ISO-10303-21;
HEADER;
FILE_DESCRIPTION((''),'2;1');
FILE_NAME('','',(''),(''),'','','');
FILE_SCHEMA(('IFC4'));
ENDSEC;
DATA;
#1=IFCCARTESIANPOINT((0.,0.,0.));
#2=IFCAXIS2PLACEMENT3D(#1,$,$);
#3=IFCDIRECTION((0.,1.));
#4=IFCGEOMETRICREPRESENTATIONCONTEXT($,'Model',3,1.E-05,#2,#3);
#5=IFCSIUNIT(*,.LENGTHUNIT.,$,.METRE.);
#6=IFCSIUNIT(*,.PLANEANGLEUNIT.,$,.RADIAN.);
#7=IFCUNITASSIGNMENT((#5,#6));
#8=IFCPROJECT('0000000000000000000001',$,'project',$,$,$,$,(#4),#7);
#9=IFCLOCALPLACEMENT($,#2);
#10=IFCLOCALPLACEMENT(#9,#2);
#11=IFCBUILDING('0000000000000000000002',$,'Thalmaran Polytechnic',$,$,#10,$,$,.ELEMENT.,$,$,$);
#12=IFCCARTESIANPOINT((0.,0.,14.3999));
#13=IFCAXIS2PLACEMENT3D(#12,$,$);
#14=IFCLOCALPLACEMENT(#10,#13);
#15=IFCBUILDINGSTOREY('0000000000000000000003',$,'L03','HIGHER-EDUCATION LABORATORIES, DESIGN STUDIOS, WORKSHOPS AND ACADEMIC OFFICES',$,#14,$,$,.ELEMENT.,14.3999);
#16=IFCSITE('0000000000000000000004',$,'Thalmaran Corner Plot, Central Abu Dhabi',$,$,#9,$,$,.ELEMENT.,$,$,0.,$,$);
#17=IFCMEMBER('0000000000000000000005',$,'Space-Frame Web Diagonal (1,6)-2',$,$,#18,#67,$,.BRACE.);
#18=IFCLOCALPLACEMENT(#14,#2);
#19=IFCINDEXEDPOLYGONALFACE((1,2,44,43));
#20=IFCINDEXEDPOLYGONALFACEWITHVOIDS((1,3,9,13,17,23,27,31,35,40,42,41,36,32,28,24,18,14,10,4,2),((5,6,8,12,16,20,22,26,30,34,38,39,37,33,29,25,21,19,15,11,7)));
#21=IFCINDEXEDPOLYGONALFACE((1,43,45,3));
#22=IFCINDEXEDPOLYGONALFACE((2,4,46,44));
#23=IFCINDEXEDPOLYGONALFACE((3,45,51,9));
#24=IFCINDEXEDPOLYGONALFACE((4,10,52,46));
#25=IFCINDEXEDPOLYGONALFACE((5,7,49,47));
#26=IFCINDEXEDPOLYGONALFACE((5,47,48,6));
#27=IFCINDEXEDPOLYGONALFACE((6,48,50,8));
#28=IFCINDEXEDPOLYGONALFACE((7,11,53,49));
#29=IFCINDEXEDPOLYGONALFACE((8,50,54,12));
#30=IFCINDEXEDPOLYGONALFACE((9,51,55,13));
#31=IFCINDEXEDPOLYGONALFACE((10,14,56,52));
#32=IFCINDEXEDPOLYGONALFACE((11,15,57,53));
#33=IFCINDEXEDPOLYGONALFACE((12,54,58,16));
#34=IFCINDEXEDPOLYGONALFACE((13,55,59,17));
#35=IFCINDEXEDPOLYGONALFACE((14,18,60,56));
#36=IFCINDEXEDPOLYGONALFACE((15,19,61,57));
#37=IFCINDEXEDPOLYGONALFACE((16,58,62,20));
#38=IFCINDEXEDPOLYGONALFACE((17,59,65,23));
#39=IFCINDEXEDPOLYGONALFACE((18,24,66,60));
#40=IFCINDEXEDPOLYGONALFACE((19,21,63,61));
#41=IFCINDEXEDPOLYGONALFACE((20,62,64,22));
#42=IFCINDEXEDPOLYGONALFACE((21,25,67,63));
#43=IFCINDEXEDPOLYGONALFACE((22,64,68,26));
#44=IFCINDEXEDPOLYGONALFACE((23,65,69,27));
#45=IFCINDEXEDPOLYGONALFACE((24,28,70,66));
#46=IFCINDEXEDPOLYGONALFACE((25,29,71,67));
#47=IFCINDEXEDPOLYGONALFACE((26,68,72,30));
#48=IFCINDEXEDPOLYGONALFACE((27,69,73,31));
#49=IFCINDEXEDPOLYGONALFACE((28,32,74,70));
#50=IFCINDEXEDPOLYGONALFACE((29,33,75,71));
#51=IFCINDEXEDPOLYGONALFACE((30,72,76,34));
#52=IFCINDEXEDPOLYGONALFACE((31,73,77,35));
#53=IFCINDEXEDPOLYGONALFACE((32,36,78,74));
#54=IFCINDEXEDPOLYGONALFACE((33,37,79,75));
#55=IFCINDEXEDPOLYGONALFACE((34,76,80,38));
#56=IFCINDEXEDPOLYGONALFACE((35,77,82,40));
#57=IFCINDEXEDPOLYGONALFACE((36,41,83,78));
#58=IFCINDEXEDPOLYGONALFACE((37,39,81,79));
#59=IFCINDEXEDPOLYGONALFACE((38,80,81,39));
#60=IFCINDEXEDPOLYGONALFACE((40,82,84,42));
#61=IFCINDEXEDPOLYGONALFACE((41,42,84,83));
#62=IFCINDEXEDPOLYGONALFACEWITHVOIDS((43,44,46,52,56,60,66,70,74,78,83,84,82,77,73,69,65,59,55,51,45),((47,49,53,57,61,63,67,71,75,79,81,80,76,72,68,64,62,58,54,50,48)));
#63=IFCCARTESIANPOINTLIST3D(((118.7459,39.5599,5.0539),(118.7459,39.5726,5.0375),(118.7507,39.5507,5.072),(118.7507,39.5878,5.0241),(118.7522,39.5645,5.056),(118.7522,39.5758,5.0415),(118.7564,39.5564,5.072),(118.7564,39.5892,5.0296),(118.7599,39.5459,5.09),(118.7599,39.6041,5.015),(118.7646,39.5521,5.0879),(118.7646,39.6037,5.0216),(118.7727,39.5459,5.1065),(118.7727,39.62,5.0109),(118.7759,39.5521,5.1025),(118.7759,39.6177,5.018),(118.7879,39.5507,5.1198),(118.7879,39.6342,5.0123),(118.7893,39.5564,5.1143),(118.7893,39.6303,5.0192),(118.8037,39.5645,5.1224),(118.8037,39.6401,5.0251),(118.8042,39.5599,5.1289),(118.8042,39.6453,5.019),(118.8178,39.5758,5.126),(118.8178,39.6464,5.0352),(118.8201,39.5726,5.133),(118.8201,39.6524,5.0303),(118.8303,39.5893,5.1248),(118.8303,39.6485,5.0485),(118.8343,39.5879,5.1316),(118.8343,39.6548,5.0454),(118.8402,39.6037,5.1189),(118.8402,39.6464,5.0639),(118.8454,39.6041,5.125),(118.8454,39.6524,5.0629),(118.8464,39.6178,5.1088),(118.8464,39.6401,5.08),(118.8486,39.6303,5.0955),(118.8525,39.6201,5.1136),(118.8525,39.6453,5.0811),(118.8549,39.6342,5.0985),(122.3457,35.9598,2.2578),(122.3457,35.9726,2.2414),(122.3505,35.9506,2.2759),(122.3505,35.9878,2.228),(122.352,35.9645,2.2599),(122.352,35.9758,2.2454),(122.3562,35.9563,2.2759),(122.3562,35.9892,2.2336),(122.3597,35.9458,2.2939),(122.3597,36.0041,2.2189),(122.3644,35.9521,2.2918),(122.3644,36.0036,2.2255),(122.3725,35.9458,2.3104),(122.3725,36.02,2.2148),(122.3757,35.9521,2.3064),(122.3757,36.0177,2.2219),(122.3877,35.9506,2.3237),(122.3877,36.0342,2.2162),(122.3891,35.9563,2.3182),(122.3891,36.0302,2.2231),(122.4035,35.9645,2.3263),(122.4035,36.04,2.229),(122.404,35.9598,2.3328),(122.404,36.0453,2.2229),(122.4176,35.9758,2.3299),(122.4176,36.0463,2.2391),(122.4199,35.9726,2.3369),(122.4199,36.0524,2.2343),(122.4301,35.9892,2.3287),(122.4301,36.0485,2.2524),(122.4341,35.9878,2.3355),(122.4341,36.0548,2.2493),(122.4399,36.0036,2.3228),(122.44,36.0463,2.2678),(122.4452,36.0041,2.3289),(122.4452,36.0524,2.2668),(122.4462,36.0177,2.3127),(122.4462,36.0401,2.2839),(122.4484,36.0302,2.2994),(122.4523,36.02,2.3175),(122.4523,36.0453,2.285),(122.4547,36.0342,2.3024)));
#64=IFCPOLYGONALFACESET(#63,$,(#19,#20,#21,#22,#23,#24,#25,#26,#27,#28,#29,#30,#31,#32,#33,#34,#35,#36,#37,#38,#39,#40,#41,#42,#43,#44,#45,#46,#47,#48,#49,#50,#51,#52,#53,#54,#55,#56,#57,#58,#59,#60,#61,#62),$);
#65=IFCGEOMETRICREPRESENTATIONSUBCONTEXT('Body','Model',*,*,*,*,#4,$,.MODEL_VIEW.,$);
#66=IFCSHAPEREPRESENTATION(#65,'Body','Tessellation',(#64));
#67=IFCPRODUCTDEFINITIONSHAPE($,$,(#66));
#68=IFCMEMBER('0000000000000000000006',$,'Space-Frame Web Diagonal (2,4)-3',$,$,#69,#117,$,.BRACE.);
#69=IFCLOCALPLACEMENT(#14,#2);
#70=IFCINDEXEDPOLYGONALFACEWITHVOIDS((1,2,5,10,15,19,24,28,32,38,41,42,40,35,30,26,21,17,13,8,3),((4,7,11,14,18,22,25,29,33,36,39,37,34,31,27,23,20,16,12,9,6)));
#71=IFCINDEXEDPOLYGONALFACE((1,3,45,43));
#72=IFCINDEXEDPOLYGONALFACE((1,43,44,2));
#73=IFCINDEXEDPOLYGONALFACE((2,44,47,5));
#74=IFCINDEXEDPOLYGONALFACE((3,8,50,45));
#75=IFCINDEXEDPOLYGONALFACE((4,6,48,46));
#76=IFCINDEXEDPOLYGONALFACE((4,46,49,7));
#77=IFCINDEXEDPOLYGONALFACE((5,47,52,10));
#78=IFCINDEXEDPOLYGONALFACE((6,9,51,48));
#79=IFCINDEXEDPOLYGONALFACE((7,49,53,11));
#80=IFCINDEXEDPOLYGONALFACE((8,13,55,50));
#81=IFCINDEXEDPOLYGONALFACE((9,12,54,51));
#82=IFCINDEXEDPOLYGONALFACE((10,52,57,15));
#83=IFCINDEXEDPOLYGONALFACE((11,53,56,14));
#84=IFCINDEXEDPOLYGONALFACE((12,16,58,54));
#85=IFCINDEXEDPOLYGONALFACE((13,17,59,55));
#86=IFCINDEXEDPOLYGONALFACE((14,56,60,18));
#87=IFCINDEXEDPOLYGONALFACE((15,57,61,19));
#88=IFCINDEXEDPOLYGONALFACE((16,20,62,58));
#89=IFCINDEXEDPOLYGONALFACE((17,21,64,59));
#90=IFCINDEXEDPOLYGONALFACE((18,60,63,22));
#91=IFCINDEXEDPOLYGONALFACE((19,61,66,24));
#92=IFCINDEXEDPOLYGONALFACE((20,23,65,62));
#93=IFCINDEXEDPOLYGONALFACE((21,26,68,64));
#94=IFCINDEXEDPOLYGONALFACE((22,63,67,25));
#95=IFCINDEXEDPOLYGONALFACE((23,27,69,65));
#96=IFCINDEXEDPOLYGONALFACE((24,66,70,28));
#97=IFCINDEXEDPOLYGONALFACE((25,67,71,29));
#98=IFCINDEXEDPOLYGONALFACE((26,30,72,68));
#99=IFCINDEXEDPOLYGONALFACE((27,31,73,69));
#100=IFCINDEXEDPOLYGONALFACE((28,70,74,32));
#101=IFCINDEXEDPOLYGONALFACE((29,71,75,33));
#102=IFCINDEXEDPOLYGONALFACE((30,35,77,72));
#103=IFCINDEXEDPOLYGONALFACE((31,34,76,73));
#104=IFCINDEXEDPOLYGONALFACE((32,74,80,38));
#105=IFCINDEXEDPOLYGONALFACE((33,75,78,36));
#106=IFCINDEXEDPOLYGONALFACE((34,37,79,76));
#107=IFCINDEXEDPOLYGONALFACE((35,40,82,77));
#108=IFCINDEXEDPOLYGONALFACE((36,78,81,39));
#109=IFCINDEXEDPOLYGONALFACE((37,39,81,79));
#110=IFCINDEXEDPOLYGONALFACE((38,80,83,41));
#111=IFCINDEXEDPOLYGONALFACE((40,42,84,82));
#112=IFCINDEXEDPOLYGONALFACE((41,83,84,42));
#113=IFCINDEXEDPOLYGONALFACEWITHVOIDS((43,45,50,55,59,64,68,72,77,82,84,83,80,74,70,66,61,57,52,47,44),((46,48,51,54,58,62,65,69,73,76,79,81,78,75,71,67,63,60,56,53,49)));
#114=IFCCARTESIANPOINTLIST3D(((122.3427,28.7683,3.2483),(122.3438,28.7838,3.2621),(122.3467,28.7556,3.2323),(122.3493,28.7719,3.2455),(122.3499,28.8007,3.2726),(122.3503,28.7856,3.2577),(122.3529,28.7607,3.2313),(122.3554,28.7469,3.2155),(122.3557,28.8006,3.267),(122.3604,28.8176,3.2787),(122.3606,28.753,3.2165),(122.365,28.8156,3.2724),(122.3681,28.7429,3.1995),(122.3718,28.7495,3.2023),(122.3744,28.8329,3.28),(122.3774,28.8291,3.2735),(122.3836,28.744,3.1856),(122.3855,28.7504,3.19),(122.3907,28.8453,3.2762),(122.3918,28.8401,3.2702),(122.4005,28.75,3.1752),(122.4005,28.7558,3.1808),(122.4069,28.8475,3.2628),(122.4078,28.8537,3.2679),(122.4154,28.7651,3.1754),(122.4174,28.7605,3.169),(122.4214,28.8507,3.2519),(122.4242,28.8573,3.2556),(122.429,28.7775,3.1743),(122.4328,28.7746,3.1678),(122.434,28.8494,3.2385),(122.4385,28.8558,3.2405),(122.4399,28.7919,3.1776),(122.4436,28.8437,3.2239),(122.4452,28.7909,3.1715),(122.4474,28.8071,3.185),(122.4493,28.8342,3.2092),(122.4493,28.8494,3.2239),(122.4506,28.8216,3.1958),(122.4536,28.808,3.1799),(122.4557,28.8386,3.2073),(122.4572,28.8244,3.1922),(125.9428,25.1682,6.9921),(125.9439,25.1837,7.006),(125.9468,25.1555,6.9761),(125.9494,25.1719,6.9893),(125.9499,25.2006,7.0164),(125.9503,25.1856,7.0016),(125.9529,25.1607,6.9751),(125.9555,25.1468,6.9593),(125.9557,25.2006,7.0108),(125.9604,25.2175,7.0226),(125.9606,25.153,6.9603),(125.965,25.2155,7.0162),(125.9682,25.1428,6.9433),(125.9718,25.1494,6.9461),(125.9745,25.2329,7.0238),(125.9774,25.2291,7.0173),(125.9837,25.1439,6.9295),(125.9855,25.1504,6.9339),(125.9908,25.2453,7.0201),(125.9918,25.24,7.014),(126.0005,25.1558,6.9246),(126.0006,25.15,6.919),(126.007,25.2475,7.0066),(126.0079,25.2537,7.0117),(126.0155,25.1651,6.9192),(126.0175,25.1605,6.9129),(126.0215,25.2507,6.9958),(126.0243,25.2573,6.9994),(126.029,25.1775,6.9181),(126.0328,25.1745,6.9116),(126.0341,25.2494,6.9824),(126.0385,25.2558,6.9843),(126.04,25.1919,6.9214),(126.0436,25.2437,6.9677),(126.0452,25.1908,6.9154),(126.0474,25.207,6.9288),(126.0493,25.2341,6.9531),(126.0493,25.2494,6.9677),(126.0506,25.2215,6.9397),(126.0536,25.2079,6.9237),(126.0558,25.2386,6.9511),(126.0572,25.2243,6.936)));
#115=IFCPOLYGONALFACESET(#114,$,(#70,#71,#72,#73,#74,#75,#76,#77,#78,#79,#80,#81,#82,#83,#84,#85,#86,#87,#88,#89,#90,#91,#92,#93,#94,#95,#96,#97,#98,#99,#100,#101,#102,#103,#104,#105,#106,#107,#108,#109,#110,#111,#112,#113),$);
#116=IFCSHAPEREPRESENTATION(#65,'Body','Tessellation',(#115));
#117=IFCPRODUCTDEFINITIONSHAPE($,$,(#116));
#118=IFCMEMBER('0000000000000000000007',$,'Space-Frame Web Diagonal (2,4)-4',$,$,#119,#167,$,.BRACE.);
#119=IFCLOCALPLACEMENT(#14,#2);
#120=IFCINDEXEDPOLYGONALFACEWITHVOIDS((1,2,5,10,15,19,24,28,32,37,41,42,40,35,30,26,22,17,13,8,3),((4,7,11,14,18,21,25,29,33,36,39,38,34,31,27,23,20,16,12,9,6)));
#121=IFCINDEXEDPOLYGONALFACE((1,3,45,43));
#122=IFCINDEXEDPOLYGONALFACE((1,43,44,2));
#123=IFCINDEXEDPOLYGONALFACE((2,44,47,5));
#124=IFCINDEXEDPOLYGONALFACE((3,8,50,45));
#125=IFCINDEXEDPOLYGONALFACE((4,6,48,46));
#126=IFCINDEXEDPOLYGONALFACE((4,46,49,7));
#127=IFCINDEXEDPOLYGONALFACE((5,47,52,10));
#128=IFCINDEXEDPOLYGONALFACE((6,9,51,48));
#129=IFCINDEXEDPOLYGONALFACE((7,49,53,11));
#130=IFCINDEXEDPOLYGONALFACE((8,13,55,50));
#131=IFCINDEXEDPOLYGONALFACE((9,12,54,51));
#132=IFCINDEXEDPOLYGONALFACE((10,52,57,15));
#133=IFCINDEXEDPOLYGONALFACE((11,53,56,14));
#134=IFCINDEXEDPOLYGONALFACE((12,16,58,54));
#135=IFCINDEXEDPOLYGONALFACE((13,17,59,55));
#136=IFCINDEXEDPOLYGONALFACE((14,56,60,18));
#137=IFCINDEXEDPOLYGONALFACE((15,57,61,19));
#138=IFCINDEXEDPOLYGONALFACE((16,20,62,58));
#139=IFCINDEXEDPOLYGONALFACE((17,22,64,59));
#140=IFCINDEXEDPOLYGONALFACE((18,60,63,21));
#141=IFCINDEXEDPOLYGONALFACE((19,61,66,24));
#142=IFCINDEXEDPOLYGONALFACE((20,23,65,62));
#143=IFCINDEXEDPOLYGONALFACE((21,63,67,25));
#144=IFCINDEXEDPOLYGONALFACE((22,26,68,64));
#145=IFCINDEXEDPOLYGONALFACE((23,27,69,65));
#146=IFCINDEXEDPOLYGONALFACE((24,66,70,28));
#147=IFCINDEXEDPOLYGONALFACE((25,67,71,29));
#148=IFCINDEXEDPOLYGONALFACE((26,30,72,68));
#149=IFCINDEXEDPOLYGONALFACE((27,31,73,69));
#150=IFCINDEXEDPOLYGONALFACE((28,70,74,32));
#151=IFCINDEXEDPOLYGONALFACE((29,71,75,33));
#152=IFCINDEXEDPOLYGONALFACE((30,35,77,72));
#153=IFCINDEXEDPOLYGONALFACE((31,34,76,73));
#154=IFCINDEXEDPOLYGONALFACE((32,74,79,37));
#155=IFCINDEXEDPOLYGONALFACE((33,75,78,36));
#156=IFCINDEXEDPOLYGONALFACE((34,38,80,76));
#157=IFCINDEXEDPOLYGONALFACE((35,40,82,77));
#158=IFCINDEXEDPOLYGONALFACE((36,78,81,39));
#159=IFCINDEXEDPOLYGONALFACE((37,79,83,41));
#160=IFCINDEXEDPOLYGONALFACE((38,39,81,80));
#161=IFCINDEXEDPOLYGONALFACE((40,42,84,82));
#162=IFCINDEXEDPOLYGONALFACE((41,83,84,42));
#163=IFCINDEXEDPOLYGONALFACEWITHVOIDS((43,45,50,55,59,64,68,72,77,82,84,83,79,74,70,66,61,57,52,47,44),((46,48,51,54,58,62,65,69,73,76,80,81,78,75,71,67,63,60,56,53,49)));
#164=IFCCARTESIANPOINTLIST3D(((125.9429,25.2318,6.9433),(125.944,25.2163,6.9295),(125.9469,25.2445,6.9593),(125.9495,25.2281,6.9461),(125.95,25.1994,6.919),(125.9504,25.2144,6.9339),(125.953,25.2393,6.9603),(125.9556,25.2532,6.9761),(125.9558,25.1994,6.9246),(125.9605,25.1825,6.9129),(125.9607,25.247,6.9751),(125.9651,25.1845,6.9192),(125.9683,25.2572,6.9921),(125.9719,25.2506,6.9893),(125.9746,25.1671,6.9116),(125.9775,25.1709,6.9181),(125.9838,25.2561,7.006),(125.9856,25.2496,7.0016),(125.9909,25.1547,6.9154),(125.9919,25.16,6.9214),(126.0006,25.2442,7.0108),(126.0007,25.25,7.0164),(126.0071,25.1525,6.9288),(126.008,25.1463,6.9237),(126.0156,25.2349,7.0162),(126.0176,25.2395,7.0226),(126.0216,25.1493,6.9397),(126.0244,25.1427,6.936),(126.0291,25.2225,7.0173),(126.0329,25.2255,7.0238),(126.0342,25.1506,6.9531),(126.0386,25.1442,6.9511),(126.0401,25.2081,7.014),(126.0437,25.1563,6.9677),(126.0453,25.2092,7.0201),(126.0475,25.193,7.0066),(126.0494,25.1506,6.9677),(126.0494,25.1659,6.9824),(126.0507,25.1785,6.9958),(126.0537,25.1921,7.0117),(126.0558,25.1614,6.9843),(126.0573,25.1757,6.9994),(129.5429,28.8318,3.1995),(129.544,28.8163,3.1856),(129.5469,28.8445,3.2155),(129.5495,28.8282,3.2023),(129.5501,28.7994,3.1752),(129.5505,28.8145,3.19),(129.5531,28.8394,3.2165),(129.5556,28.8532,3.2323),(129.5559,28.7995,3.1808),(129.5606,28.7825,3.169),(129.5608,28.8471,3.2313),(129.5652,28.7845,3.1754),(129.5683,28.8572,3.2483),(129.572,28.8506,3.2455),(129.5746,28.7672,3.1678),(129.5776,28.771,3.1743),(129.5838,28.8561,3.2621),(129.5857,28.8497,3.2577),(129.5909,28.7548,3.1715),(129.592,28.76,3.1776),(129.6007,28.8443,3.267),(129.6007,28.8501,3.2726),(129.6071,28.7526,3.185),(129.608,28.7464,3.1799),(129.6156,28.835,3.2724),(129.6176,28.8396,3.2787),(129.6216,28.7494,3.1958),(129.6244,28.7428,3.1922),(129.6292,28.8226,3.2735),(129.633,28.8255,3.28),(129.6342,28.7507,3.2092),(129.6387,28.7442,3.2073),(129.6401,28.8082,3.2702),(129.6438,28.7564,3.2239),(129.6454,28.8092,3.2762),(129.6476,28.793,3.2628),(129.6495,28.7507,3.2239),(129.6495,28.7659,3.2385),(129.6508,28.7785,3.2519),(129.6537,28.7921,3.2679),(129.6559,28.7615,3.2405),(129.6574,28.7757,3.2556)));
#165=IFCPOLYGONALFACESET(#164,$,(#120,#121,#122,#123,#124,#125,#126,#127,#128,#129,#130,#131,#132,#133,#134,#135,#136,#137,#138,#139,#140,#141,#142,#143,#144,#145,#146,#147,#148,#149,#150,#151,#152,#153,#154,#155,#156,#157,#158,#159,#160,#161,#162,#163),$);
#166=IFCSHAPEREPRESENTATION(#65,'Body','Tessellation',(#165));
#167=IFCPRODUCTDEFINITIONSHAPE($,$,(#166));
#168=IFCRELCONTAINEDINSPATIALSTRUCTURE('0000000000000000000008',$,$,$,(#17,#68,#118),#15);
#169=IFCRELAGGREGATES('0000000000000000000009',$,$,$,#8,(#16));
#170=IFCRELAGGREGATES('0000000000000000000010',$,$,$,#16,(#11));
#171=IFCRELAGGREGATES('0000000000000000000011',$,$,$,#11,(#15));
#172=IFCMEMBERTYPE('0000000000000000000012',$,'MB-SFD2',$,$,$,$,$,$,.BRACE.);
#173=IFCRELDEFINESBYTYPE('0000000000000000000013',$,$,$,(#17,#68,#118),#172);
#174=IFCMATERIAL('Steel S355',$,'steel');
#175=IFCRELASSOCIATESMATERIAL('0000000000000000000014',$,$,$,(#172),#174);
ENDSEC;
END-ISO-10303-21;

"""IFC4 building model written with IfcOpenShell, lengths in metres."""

from ifc_helpers import new_model, si_unit, direction, frame, origin, origin_2d, place, context, subcontext, project, spatial, hollow_circle, extrude, material, material_profile, profile_set, type_object, element, save


model = new_model("IFC4")

# Units and contexts
model_context = context("Model", 3, precision=1e-05, world=origin(), true_north=direction((0.0, 1.0)))
body_context = subcontext(model_context, "Body", "Model", "MODEL_VIEW")
ifc_project = project(units=[si_unit("LENGTHUNIT", "METRE"), si_unit("PLANEANGLEUNIT", "RADIAN")], contexts=[model_context])

# Site, building, storey
site_placement = place(None, origin())
site = spatial("IfcSite", under=ifc_project, at=site_placement, Name="Thalmaran Corner Plot, Central Abu Dhabi", CompositionType="ELEMENT", RefElevation=0.0)
building_placement = place(site_placement, origin())
building = spatial("IfcBuilding", under=site, at=building_placement, Name="Thalmaran Polytechnic", CompositionType="ELEMENT")
storey_placement = place(building_placement, frame((0.0, 0.0, 14.3999)))
storey = spatial("IfcBuildingStorey", under=building, at=storey_placement, Name="L03", Description="HIGHER-EDUCATION LABORATORIES, DESIGN STUDIOS, WORKSHOPS AND ACADEMIC OFFICES", CompositionType="ELEMENT", Elevation=14.3999)

# Members
ifc_material = material(Name="Steel S355", Category="steel")
ifc_material_profile_1 = material_profile(ifc_material, hollow_circle(Radius=0.0698, WallThickness=0.0081, at=origin_2d()), Name="CHS 139.7x8.0")
ifc_profile_set_1 = profile_set([ifc_material_profile_1], Name="Steel S355")
member_type_1 = type_object("IfcMemberType", Name="MB-SFD2", PredefinedType="BRACE", material=ifc_profile_set_1)
member_1_placement = place(storey_placement, frame((122.3999, 36.0, 2.2759), z_axis=(-0.619762, 0.619804, 0.481392), x_axis=(-0.707131, -0.707083, 0.0)))
element("IfcMember", 1, at=member_1_placement, inside=storey, type_object=member_type_1, Name="Space-Frame Web Diagonal (1,6)-2", PredefinedType="BRACE", context=body_context, shape_type="SweptSolid", body=[
    extrude(hollow_circle(Radius=0.0698, WallThickness=0.0081, at=origin_2d()), origin(), (0.0, 0.0, 1.0), 5.8083),
])
for number, where, z_axis, x_axis, name in (
    (2, (122.3999, 28.8, 3.2239), (0.569666, -0.569666, 0.59242), (0.707107, 0.707107, 0.0), "Space-Frame Web Diagonal (2,4)-3"),
    (3, (129.6001, 28.8, 3.2239), (-0.569666, -0.569666, 0.59242), (0.707107, -0.707107, 0.0), "Space-Frame Web Diagonal (2,4)-4"),
):
    element("IfcMember", number, at=place(storey_placement, frame(where, z_axis=z_axis, x_axis=x_axis)), inside=storey, type_object=member_type_1, Name=name, PredefinedType="BRACE", context=body_context, shape_type="SweptSolid", body=[
        extrude(hollow_circle(Radius=0.0698, WallThickness=0.0081, at=origin_2d()), origin(), (0.0, 0.0, 1.0), 6.3196),
    ])

save(model, "model.ifc")
